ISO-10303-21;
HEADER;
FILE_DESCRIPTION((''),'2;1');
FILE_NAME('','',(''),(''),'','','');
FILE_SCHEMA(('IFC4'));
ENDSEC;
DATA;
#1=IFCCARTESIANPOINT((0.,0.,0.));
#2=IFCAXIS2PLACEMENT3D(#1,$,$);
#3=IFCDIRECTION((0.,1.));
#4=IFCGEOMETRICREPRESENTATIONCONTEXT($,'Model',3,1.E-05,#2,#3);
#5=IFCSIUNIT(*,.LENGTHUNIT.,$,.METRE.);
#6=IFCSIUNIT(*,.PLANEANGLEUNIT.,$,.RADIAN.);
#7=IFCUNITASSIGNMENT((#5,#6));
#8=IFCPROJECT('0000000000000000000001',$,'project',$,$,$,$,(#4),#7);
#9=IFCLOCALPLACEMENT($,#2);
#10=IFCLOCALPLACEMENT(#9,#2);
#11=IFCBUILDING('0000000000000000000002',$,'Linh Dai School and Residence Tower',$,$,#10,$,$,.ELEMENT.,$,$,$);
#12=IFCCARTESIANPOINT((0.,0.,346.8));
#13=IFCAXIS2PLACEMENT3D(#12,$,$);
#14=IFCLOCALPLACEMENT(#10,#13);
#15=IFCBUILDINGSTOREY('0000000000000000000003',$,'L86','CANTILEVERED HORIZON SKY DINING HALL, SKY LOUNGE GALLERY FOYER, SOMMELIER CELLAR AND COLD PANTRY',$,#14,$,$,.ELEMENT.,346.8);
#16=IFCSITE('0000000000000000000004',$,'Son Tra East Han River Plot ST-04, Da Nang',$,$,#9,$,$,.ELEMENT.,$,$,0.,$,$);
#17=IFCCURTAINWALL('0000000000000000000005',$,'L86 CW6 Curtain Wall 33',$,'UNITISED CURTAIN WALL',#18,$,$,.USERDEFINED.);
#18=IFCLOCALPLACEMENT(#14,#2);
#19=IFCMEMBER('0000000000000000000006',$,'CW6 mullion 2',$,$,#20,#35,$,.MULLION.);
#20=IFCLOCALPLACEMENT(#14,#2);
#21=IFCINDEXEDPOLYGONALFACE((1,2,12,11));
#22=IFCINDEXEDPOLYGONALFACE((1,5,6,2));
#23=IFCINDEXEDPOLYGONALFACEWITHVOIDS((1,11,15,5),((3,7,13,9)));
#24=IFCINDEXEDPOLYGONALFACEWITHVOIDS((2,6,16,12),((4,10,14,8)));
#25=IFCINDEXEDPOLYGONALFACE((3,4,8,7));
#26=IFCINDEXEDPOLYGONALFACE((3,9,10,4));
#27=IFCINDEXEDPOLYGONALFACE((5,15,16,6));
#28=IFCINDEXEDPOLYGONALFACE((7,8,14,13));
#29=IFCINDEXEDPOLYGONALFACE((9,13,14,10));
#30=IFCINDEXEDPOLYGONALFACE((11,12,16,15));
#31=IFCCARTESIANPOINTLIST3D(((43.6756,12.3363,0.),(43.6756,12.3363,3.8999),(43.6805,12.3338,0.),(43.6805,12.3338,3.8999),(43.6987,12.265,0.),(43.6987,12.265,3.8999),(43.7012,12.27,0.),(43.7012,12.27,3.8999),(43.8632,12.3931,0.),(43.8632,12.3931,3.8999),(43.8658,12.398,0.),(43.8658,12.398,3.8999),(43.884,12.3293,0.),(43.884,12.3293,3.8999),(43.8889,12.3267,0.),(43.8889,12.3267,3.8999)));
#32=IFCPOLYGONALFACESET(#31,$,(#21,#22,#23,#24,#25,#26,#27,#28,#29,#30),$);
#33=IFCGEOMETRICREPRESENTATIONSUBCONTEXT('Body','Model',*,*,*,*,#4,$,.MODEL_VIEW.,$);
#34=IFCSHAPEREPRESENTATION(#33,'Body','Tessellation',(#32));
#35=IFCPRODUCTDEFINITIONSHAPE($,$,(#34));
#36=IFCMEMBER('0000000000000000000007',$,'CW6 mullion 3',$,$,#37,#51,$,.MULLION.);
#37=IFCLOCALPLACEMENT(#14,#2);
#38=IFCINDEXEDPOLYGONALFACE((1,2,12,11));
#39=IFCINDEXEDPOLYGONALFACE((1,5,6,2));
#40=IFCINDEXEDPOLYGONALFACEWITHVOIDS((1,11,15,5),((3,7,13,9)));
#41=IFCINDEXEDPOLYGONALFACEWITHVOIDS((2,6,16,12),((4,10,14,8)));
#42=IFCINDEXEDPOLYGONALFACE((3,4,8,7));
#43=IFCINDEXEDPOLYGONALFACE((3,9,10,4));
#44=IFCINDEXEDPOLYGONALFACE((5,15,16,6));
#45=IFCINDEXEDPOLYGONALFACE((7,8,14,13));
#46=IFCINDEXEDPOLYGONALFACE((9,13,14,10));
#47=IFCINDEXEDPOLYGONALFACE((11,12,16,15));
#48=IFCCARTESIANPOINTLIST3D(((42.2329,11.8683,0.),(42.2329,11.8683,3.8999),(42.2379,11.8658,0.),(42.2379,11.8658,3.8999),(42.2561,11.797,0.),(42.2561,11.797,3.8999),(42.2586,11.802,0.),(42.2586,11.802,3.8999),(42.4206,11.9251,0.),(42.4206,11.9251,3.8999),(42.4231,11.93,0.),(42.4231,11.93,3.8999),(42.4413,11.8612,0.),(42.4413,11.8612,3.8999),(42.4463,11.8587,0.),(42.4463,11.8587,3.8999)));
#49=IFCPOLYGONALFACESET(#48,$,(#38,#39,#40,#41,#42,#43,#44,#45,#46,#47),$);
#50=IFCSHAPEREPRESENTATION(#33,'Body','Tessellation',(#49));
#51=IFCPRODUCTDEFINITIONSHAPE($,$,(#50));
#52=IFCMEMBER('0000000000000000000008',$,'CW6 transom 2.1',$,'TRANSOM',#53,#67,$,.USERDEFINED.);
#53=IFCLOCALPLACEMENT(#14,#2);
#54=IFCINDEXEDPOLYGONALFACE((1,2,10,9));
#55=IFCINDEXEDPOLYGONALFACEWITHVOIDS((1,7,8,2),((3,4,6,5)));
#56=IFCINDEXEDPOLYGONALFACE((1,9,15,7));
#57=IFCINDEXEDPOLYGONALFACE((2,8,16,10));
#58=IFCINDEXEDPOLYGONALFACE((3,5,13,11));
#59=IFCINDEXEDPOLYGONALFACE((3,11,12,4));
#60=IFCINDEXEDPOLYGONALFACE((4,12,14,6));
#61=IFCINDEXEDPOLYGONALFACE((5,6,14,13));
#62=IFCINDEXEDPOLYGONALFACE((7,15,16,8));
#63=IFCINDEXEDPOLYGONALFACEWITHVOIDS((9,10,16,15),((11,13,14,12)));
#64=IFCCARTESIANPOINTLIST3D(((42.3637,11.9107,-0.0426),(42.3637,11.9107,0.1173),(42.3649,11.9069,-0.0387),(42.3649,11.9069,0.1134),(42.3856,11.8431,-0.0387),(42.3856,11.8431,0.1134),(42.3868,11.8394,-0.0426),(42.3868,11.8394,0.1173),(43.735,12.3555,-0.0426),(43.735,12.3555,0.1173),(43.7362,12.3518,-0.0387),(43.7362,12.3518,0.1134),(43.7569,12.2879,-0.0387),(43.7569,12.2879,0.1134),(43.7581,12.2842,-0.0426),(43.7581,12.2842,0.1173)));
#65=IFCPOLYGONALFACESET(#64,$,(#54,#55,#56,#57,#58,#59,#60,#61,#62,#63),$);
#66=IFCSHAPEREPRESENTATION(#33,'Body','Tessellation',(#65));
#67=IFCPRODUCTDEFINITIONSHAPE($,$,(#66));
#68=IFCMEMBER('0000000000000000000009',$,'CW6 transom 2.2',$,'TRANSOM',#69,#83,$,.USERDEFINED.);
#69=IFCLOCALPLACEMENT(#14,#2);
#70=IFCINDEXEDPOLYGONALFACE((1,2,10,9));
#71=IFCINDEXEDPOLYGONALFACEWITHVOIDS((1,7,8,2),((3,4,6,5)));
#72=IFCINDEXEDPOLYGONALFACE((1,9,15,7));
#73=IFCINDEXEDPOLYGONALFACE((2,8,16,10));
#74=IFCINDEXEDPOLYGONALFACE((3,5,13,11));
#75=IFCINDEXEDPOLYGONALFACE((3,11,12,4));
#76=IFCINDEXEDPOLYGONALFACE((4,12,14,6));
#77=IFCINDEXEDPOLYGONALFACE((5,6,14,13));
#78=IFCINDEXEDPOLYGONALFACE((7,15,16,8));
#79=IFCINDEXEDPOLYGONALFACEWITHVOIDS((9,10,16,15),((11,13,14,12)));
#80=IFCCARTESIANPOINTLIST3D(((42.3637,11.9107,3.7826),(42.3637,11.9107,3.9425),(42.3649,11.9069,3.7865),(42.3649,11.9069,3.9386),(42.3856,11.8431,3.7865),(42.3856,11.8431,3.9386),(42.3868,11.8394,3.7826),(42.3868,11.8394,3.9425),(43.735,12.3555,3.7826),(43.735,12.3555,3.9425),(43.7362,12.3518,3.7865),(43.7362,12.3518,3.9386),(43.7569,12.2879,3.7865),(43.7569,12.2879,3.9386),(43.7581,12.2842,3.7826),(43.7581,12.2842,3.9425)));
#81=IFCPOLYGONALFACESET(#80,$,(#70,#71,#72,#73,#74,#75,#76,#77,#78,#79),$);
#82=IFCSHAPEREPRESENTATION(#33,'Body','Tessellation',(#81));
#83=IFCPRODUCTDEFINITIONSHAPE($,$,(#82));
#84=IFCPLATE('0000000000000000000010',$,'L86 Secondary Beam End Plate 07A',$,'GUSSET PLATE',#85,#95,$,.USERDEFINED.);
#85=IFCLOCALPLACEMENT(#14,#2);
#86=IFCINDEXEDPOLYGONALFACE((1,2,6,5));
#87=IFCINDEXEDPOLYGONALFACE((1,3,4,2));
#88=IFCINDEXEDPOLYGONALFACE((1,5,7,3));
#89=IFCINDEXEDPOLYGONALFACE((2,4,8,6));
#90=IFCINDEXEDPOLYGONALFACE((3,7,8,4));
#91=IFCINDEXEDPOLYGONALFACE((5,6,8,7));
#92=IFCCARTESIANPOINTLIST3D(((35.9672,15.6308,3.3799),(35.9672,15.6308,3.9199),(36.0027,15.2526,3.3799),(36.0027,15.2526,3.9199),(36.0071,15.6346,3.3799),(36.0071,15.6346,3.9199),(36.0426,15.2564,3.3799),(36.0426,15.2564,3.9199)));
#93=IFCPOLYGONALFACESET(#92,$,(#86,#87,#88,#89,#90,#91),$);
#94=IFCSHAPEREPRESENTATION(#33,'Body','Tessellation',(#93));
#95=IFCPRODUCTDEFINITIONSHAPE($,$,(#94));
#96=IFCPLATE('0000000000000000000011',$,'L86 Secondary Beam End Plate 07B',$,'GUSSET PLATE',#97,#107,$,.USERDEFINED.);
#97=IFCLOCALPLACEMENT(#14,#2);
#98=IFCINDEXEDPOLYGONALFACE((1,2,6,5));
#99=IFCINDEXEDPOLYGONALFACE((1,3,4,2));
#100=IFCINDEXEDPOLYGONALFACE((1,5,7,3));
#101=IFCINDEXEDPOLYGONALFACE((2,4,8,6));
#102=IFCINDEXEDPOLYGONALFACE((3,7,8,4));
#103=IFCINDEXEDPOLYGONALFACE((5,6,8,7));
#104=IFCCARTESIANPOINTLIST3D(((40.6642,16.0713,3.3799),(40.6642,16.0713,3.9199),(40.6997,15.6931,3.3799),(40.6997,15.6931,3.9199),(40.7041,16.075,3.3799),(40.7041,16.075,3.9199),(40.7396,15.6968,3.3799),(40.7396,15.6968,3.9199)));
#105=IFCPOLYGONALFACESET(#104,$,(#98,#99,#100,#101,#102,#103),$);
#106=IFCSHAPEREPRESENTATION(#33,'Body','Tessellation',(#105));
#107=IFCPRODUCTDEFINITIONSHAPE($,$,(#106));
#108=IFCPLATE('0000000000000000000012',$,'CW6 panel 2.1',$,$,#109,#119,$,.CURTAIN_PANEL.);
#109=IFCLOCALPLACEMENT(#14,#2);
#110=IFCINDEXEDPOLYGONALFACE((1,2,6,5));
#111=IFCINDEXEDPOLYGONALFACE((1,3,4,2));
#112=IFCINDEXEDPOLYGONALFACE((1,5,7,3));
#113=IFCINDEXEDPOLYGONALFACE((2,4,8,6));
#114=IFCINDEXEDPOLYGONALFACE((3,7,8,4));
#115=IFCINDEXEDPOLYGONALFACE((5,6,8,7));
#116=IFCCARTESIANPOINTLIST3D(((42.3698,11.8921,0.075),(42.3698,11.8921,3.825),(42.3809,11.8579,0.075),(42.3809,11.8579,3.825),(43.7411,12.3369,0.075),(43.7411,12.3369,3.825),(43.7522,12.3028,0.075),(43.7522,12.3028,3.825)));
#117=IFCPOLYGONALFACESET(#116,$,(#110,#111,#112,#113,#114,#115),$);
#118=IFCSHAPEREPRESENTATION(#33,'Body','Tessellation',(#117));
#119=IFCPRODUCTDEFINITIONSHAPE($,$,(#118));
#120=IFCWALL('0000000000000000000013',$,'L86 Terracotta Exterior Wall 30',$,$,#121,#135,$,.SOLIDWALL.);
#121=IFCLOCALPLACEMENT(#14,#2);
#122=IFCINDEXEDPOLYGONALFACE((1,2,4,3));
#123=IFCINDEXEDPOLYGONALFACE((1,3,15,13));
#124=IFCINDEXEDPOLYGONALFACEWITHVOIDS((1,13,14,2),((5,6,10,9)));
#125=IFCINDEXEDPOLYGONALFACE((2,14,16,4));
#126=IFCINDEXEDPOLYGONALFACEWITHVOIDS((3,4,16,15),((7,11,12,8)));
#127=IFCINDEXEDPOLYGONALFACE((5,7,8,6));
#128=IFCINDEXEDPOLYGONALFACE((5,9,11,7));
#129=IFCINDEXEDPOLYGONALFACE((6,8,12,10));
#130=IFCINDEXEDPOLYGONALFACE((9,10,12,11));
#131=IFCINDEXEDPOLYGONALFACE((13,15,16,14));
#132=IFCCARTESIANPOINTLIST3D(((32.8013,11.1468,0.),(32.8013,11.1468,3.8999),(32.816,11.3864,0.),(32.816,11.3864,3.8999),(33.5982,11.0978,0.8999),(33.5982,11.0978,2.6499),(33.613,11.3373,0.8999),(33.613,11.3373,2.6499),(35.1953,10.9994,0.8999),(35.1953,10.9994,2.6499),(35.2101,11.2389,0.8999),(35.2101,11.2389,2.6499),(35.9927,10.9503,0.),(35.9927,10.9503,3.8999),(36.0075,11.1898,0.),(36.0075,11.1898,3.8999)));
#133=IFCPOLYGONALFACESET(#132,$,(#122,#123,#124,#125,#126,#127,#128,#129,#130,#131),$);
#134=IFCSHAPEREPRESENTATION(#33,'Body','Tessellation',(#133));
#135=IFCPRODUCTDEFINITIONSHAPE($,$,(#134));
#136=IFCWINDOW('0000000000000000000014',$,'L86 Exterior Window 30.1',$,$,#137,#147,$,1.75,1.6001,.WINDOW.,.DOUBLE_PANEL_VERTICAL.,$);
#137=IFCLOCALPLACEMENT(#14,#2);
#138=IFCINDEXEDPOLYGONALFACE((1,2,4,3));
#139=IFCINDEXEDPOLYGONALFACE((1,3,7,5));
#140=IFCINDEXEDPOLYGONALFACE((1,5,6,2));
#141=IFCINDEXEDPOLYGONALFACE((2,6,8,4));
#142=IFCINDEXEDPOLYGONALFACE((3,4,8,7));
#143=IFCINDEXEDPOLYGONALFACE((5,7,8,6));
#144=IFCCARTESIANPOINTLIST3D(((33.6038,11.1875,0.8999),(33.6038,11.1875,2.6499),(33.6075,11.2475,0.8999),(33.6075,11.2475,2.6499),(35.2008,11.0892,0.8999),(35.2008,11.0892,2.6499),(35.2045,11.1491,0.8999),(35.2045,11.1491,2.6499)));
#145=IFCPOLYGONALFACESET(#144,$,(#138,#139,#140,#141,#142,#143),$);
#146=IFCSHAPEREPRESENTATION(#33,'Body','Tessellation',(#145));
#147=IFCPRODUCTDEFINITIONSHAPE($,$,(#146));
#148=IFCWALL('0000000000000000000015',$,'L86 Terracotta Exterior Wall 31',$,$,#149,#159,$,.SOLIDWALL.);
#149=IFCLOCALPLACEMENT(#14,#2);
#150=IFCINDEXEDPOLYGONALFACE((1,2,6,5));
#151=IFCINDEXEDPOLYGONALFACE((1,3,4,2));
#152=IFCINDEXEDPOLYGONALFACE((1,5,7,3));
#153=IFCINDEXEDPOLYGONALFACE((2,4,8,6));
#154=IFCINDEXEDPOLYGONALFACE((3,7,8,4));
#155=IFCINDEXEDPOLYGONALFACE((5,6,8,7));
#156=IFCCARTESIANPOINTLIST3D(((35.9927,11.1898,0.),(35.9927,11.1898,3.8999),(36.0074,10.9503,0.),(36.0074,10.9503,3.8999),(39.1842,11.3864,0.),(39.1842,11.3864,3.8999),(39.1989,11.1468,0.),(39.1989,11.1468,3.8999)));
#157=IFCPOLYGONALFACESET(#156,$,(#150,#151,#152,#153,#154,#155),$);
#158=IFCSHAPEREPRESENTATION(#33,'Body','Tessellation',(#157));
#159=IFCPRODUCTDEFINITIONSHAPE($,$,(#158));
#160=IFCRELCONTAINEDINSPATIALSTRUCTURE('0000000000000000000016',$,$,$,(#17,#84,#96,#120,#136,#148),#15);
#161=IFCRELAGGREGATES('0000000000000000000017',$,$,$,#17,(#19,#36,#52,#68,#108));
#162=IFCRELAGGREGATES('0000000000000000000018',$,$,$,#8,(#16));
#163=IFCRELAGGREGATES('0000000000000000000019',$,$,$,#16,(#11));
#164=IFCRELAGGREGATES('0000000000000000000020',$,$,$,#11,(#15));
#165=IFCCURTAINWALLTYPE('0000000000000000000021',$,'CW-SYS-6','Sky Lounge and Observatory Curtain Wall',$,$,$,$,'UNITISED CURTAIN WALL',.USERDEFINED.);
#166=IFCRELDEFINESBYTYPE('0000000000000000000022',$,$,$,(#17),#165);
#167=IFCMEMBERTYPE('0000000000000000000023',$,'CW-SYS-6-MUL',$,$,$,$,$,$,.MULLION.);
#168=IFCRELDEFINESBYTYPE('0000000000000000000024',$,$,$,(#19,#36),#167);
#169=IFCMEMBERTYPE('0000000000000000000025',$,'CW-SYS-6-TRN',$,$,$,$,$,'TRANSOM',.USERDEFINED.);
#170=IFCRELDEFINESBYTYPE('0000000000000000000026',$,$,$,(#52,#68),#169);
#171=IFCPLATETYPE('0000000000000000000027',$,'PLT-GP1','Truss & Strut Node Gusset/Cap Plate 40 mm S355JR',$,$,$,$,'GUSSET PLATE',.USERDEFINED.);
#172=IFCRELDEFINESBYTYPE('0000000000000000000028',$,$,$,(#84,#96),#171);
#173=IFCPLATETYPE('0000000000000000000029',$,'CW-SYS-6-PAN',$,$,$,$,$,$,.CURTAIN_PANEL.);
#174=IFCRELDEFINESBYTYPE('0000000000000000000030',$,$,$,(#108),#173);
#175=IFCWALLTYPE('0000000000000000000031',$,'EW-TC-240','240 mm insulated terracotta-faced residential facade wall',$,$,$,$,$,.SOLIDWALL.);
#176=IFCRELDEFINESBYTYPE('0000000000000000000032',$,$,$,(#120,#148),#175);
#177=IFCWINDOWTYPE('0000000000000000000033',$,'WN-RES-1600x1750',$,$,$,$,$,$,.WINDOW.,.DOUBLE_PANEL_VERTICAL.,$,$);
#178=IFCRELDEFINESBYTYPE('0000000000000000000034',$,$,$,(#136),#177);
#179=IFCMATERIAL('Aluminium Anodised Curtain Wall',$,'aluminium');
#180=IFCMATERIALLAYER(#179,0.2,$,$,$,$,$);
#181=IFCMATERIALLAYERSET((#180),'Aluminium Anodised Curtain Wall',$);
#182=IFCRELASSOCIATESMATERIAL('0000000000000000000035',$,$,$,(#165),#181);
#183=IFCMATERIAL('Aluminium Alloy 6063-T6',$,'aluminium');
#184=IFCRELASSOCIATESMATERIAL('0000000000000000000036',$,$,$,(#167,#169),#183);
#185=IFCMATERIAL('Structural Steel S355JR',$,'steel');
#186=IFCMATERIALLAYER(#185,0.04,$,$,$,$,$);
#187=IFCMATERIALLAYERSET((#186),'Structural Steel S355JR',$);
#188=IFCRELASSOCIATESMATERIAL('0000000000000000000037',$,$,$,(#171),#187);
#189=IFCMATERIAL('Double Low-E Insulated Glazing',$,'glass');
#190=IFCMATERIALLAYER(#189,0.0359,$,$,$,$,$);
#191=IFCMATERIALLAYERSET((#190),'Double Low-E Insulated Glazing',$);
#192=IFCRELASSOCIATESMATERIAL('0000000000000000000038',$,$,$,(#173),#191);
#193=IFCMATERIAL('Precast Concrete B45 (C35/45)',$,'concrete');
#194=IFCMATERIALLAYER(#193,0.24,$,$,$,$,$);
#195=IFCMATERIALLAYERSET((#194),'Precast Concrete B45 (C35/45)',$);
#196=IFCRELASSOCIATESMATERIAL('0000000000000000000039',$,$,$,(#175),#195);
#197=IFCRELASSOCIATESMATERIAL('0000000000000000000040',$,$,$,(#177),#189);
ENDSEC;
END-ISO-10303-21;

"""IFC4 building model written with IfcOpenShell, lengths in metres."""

from ifc_helpers import new_model, si_unit, direction, frame, frame_2d, origin, origin_2d, place, context, subcontext, project, spatial, rectangle, hollow_rectangle, extrude, source, transform, mapped, material, layer, layer_set, material_profile, profile_set, type_object, element, fill, aggregate, save


model = new_model("IFC4")

# Units and contexts
model_context = context("Model", 3, precision=1e-05, world=origin(), true_north=direction((0.0, 1.0)))
body_context = subcontext(model_context, "Body", "Model", "MODEL_VIEW")
ifc_project = project(units=[si_unit("LENGTHUNIT", "METRE"), si_unit("PLANEANGLEUNIT", "RADIAN")], contexts=[model_context])

# Site, building, storey
site_placement = place(None, origin())
site = spatial("IfcSite", under=ifc_project, at=site_placement, Name="Son Tra East Han River Plot ST-04, Da Nang", CompositionType="ELEMENT", RefElevation=0.0)
building_placement = place(site_placement, origin())
building = spatial("IfcBuilding", under=site, at=building_placement, Name="Linh Dai School and Residence Tower", CompositionType="ELEMENT")
storey_placement = place(building_placement, frame((0.0, 0.0, 346.8)))
storey = spatial("IfcBuildingStorey", under=building, at=storey_placement, Name="L86", Description="CANTILEVERED HORIZON SKY DINING HALL, SKY LOUNGE GALLERY FOYER, SOMMELIER CELLAR AND COLD PANTRY", CompositionType="ELEMENT", Elevation=346.8)

# Shared definitions
ifc_material_1 = material(Name="Structural Steel S355JR", Category="steel")

# Curtain wall, members
ifc_material_2 = material(Name="Aluminium Anodised Curtain Wall", Category="aluminium")
ifc_layer_1 = layer(ifc_material_2, 0.2)
ifc_layer_set_1 = layer_set([ifc_layer_1], Name="Aluminium Anodised Curtain Wall")
curtain_wall_type = type_object("IfcCurtainWallType", Name="CW-SYS-6", Description="Sky Lounge and Observatory Curtain Wall", ElementType="UNITISED CURTAIN WALL", PredefinedType="USERDEFINED", material=ifc_layer_set_1)
curtain_wall_placement = place(storey_placement, origin())
curtain_wall = element("IfcCurtainWall", 1, at=curtain_wall_placement, inside=storey, type_object=curtain_wall_type, Name="L86 CW6 Curtain Wall 33", ObjectType="UNITISED CURTAIN WALL", PredefinedType="USERDEFINED")
ifc_material_3 = material(Name="Aluminium Alloy 6063-T6", Category="aluminium")
ifc_material_profile_1 = material_profile(ifc_material_3, hollow_rectangle(XDim=0.075, YDim=0.2, WallThickness=0.0039, at=origin_2d()), Name="RHS 200x75x4")
ifc_profile_set_1 = profile_set([ifc_material_profile_1], Name="Aluminium Alloy 6063-T6")
member_type_1 = type_object("IfcMemberType", Name="CW-SYS-6-MUL", PredefinedType="MULLION", material=ifc_profile_set_1)
shared_shape_1 = source(origin(), body_context, "Body", "SweptSolid", [
    extrude(hollow_rectangle(XDim=0.075, YDim=0.2, WallThickness=0.0039, at=origin_2d()), origin(), (0.0, 0.0, 1.0), 3.8999),
])
member_1_placement = place(storey_placement, frame((43.7822, 12.3315, 0.0), z_axis=(0.0, 0.0, 1.0), x_axis=(0.308565, -0.951203, 0.0)))
member_1 = element("IfcMember", 2, at=member_1_placement, type_object=member_type_1, Name="CW6 mullion 2", PredefinedType="MULLION", context=body_context, shape_type="MappedRepresentation", body=[
    mapped(shared_shape_1, transform((0.0, 0.0, 0.0), x_axis=(1.0, 0.0, 0.0), y_axis=(0.0, 1.0, 0.0), z_axis=(0.0, 0.0, 1.0), scale=1.0)),
])
member_2_placement = place(storey_placement, frame((42.3396, 11.8635, 0.0), z_axis=(0.0, 0.0, 1.0), x_axis=(0.308565, -0.951203, 0.0)))
member_2 = element("IfcMember", 3, at=member_2_placement, type_object=member_type_1, Name="CW6 mullion 3", PredefinedType="MULLION", context=body_context, shape_type="MappedRepresentation", body=[
    mapped(shared_shape_1, transform((0.0, 0.0, 0.0), x_axis=(1.0, 0.0, 0.0), y_axis=(0.0, 1.0, 0.0), z_axis=(0.0, 0.0, 1.0), scale=1.0)),
])
ifc_material_profile_2 = material_profile(ifc_material_3, hollow_rectangle(XDim=0.075, YDim=0.1599, WallThickness=0.0039, at=origin_2d()), Name="RHS 160x75x4")
ifc_profile_set_2 = profile_set([ifc_material_profile_2], Name="Aluminium Alloy 6063-T6")
member_type_2 = type_object("IfcMemberType", Name="CW-SYS-6-TRN", ElementType="TRANSOM", PredefinedType="USERDEFINED", material=ifc_profile_set_2)
shared_shape_2 = source(origin(), body_context, "Body", "SweptSolid", [
    extrude(hollow_rectangle(XDim=0.075, YDim=0.1599, WallThickness=0.0039, at=origin_2d()), origin(), (0.0, 0.0, 1.0), 1.4417),
])
member_3_placement = place(storey_placement, frame((43.7466, 12.3198, 0.0374), z_axis=(-0.951209, -0.308546, 0.0), x_axis=(0.308546, -0.951209, 0.0)))
member_3 = element("IfcMember", 4, at=member_3_placement, type_object=member_type_2, Name="CW6 transom 2.1", ObjectType="TRANSOM", PredefinedType="USERDEFINED", context=body_context, shape_type="MappedRepresentation", body=[
    mapped(shared_shape_2, transform((0.0, 0.0, 0.0), x_axis=(1.0, 0.0, 0.0), y_axis=(0.0, 1.0, 0.0), z_axis=(0.0, 0.0, 1.0), scale=1.0)),
])
member_4_placement = place(storey_placement, frame((43.7466, 12.3198, 3.8625), z_axis=(-0.951209, -0.308546, 0.0), x_axis=(0.308546, -0.951209, 0.0)))
member_4 = element("IfcMember", 5, at=member_4_placement, type_object=member_type_2, Name="CW6 transom 2.2", ObjectType="TRANSOM", PredefinedType="USERDEFINED", context=body_context, shape_type="MappedRepresentation", body=[
    mapped(shared_shape_2, transform((0.0, 0.0, 0.0), x_axis=(1.0, 0.0, 0.0), y_axis=(0.0, 1.0, 0.0), z_axis=(0.0, 0.0, 1.0), scale=1.0)),
])

# Plates
ifc_layer_2 = layer(ifc_material_1, 0.04)
ifc_layer_set_2 = layer_set([ifc_layer_2], Name="Structural Steel S355JR")
plate_type_1 = type_object("IfcPlateType", Name="PLT-GP1", Description="Truss & Strut Node Gusset/Cap Plate 40 mm S355JR", ElementType="GUSSET PLATE", PredefinedType="USERDEFINED", material=ifc_layer_set_2)
shared_shape_3 = source(origin(), body_context, "Body", "SweptSolid", [
    extrude(rectangle(XDim=0.04, YDim=0.3799, at=origin_2d()), origin(), (0.0, 0.0, 1.0), 0.54),
])
for number, where, z_axis, x_axis, name in (
    (6, (36.0049, 15.4436, 3.3799), (0.0, 0.0, 1.0), (0.995631, 0.093373, 0.0), "L86 Secondary Beam End Plate 07A"),
    (7, (40.7019, 15.884, 3.3799), (0.0, 0.0, 1.0), (0.995631, 0.093373, 0.0), "L86 Secondary Beam End Plate 07B"),
):
    element("IfcPlate", number, at=place(storey_placement, frame(where, z_axis=z_axis, x_axis=x_axis)), inside=storey, type_object=plate_type_1, Name=name, ObjectType="GUSSET PLATE", PredefinedType="USERDEFINED", context=body_context, shape_type="MappedRepresentation", body=[
        mapped(shared_shape_3, transform((0.0, 0.0, 0.0), x_axis=(1.0, 0.0, 0.0), y_axis=(0.0, 1.0, 0.0), z_axis=(0.0, 0.0, 1.0), scale=1.0)),
    ])

# Plate
ifc_material_4 = material(Name="Double Low-E Insulated Glazing", Category="glass")
ifc_layer_3 = layer(ifc_material_4, 0.0359)
ifc_layer_set_3 = layer_set([ifc_layer_3], Name="Double Low-E Insulated Glazing")
plate_type_2 = type_object("IfcPlateType", Name="CW-SYS-6-PAN", PredefinedType="CURTAIN_PANEL", material=ifc_layer_set_3)
shared_shape_4 = source(origin(), body_context, "Body", "SweptSolid", [
    extrude(rectangle(XDim=1.4417, YDim=0.0359, at=origin_2d()), origin(), (0.0, 0.0, 1.0), 3.75),
])
plate_placement = place(storey_placement, frame((43.061, 12.0974, 0.075), z_axis=(0.0, 0.0, 1.0), x_axis=(-0.951203, -0.308565, 0.0)))
plate = element("IfcPlate", 8, at=plate_placement, type_object=plate_type_2, Name="CW6 panel 2.1", PredefinedType="CURTAIN_PANEL", context=body_context, shape_type="MappedRepresentation", body=[
    mapped(shared_shape_4, transform((0.0, 0.0, 0.0), x_axis=(1.0, 0.0, 0.0), y_axis=(0.0, 1.0, 0.0), z_axis=(0.0, 0.0, 1.0), scale=1.0)),
])
aggregate(curtain_wall, [member_1, member_2, member_3, member_4, plate])

# Wall, opening, window
ifc_material_5 = material(Name="Precast Concrete B45 (C35/45)", Category="concrete")
ifc_layer_4 = layer(ifc_material_5, 0.24)
ifc_layer_set_4 = layer_set([ifc_layer_4], Name="Precast Concrete B45 (C35/45)")
wall_type_1 = type_object("IfcWallType", Name="EW-TC-240", Description="240 mm insulated terracotta-faced residential facade wall", PredefinedType="SOLIDWALL", material=ifc_layer_set_4)
wall_1_placement = place(storey_placement, frame((36.0, 11.0701, 0.0), z_axis=(0.0, 0.0, 1.0), x_axis=(-0.998109, 0.061466, 0.0)))
wall_1 = element("IfcWall", 9, at=wall_1_placement, inside=storey, type_object=wall_type_1, Name="L86 Terracotta Exterior Wall 30", PredefinedType="SOLIDWALL", context=body_context, shape_type="SweptSolid", body=[
    extrude(rectangle(XDim=3.1975, YDim=0.24, at=frame_2d((1.5986, 0.0))), origin(), (0.0, 0.0, 1.0), 3.8999),
])
opening_1_placement = place(wall_1_placement, frame((0.7988, 0.0, 0.8999)))
opening_1 = element("IfcOpeningElement", 10, at=opening_1_placement, cuts=wall_1, PredefinedType="OPENING", context=body_context, shape_type="SweptSolid", body=[
    extrude(rectangle(XDim=1.6001, YDim=1.75, at=origin_2d()), frame((0.8, 0.1299, 0.875), z_axis=(0.0, -1.0, 0.0), x_axis=(1.0, 0.0, 0.0)), (0.0, 0.0, 1.0), 0.26),
])
window_type = type_object("IfcWindowType", Name="WN-RES-1600x1750", PartitioningType="DOUBLE_PANEL_VERTICAL", PredefinedType="WINDOW", material=ifc_material_4)
shared_shape_5 = source(origin(), body_context, "Body", "SweptSolid", [
    extrude(rectangle(XDim=1.6001, YDim=1.75, at=origin_2d()), frame((0.8, 0.03, 0.875), z_axis=(0.0, -1.0, 0.0), x_axis=(1.0, 0.0, 0.0)), (0.0, 0.0, 1.0), 0.0601),
])
window_1_placement = place(opening_1_placement, origin())
window_1 = element("IfcWindow", 11, at=window_1_placement, inside=storey, type_object=window_type, Name="L86 Exterior Window 30.1", OverallHeight=1.75, OverallWidth=1.6001, PartitioningType="DOUBLE_PANEL_VERTICAL", PredefinedType="WINDOW", context=body_context, shape_type="MappedRepresentation", body=[
    mapped(shared_shape_5, transform((0.0, 0.0, 0.0), x_axis=(1.0, 0.0, 0.0), y_axis=(0.0, 1.0, 0.0), z_axis=(0.0, 0.0, 1.0), scale=1.0)),
])
fill(opening_1, window_1)

# Wall
wall_2_placement = place(storey_placement, frame((39.1914, 11.2666, 0.0), z_axis=(0.0, 0.0, 1.0), x_axis=(-0.998109, -0.061466, 0.0)))
element("IfcWall", 12, at=wall_2_placement, inside=storey, type_object=wall_type_1, Name="L86 Terracotta Exterior Wall 31", PredefinedType="SOLIDWALL", context=body_context, shape_type="SweptSolid", body=[
    extrude(rectangle(XDim=3.1975, YDim=0.24, at=frame_2d((1.5986, 0.0))), origin(), (0.0, 0.0, 1.0), 3.8999),
])

save(model, "model.ifc")
